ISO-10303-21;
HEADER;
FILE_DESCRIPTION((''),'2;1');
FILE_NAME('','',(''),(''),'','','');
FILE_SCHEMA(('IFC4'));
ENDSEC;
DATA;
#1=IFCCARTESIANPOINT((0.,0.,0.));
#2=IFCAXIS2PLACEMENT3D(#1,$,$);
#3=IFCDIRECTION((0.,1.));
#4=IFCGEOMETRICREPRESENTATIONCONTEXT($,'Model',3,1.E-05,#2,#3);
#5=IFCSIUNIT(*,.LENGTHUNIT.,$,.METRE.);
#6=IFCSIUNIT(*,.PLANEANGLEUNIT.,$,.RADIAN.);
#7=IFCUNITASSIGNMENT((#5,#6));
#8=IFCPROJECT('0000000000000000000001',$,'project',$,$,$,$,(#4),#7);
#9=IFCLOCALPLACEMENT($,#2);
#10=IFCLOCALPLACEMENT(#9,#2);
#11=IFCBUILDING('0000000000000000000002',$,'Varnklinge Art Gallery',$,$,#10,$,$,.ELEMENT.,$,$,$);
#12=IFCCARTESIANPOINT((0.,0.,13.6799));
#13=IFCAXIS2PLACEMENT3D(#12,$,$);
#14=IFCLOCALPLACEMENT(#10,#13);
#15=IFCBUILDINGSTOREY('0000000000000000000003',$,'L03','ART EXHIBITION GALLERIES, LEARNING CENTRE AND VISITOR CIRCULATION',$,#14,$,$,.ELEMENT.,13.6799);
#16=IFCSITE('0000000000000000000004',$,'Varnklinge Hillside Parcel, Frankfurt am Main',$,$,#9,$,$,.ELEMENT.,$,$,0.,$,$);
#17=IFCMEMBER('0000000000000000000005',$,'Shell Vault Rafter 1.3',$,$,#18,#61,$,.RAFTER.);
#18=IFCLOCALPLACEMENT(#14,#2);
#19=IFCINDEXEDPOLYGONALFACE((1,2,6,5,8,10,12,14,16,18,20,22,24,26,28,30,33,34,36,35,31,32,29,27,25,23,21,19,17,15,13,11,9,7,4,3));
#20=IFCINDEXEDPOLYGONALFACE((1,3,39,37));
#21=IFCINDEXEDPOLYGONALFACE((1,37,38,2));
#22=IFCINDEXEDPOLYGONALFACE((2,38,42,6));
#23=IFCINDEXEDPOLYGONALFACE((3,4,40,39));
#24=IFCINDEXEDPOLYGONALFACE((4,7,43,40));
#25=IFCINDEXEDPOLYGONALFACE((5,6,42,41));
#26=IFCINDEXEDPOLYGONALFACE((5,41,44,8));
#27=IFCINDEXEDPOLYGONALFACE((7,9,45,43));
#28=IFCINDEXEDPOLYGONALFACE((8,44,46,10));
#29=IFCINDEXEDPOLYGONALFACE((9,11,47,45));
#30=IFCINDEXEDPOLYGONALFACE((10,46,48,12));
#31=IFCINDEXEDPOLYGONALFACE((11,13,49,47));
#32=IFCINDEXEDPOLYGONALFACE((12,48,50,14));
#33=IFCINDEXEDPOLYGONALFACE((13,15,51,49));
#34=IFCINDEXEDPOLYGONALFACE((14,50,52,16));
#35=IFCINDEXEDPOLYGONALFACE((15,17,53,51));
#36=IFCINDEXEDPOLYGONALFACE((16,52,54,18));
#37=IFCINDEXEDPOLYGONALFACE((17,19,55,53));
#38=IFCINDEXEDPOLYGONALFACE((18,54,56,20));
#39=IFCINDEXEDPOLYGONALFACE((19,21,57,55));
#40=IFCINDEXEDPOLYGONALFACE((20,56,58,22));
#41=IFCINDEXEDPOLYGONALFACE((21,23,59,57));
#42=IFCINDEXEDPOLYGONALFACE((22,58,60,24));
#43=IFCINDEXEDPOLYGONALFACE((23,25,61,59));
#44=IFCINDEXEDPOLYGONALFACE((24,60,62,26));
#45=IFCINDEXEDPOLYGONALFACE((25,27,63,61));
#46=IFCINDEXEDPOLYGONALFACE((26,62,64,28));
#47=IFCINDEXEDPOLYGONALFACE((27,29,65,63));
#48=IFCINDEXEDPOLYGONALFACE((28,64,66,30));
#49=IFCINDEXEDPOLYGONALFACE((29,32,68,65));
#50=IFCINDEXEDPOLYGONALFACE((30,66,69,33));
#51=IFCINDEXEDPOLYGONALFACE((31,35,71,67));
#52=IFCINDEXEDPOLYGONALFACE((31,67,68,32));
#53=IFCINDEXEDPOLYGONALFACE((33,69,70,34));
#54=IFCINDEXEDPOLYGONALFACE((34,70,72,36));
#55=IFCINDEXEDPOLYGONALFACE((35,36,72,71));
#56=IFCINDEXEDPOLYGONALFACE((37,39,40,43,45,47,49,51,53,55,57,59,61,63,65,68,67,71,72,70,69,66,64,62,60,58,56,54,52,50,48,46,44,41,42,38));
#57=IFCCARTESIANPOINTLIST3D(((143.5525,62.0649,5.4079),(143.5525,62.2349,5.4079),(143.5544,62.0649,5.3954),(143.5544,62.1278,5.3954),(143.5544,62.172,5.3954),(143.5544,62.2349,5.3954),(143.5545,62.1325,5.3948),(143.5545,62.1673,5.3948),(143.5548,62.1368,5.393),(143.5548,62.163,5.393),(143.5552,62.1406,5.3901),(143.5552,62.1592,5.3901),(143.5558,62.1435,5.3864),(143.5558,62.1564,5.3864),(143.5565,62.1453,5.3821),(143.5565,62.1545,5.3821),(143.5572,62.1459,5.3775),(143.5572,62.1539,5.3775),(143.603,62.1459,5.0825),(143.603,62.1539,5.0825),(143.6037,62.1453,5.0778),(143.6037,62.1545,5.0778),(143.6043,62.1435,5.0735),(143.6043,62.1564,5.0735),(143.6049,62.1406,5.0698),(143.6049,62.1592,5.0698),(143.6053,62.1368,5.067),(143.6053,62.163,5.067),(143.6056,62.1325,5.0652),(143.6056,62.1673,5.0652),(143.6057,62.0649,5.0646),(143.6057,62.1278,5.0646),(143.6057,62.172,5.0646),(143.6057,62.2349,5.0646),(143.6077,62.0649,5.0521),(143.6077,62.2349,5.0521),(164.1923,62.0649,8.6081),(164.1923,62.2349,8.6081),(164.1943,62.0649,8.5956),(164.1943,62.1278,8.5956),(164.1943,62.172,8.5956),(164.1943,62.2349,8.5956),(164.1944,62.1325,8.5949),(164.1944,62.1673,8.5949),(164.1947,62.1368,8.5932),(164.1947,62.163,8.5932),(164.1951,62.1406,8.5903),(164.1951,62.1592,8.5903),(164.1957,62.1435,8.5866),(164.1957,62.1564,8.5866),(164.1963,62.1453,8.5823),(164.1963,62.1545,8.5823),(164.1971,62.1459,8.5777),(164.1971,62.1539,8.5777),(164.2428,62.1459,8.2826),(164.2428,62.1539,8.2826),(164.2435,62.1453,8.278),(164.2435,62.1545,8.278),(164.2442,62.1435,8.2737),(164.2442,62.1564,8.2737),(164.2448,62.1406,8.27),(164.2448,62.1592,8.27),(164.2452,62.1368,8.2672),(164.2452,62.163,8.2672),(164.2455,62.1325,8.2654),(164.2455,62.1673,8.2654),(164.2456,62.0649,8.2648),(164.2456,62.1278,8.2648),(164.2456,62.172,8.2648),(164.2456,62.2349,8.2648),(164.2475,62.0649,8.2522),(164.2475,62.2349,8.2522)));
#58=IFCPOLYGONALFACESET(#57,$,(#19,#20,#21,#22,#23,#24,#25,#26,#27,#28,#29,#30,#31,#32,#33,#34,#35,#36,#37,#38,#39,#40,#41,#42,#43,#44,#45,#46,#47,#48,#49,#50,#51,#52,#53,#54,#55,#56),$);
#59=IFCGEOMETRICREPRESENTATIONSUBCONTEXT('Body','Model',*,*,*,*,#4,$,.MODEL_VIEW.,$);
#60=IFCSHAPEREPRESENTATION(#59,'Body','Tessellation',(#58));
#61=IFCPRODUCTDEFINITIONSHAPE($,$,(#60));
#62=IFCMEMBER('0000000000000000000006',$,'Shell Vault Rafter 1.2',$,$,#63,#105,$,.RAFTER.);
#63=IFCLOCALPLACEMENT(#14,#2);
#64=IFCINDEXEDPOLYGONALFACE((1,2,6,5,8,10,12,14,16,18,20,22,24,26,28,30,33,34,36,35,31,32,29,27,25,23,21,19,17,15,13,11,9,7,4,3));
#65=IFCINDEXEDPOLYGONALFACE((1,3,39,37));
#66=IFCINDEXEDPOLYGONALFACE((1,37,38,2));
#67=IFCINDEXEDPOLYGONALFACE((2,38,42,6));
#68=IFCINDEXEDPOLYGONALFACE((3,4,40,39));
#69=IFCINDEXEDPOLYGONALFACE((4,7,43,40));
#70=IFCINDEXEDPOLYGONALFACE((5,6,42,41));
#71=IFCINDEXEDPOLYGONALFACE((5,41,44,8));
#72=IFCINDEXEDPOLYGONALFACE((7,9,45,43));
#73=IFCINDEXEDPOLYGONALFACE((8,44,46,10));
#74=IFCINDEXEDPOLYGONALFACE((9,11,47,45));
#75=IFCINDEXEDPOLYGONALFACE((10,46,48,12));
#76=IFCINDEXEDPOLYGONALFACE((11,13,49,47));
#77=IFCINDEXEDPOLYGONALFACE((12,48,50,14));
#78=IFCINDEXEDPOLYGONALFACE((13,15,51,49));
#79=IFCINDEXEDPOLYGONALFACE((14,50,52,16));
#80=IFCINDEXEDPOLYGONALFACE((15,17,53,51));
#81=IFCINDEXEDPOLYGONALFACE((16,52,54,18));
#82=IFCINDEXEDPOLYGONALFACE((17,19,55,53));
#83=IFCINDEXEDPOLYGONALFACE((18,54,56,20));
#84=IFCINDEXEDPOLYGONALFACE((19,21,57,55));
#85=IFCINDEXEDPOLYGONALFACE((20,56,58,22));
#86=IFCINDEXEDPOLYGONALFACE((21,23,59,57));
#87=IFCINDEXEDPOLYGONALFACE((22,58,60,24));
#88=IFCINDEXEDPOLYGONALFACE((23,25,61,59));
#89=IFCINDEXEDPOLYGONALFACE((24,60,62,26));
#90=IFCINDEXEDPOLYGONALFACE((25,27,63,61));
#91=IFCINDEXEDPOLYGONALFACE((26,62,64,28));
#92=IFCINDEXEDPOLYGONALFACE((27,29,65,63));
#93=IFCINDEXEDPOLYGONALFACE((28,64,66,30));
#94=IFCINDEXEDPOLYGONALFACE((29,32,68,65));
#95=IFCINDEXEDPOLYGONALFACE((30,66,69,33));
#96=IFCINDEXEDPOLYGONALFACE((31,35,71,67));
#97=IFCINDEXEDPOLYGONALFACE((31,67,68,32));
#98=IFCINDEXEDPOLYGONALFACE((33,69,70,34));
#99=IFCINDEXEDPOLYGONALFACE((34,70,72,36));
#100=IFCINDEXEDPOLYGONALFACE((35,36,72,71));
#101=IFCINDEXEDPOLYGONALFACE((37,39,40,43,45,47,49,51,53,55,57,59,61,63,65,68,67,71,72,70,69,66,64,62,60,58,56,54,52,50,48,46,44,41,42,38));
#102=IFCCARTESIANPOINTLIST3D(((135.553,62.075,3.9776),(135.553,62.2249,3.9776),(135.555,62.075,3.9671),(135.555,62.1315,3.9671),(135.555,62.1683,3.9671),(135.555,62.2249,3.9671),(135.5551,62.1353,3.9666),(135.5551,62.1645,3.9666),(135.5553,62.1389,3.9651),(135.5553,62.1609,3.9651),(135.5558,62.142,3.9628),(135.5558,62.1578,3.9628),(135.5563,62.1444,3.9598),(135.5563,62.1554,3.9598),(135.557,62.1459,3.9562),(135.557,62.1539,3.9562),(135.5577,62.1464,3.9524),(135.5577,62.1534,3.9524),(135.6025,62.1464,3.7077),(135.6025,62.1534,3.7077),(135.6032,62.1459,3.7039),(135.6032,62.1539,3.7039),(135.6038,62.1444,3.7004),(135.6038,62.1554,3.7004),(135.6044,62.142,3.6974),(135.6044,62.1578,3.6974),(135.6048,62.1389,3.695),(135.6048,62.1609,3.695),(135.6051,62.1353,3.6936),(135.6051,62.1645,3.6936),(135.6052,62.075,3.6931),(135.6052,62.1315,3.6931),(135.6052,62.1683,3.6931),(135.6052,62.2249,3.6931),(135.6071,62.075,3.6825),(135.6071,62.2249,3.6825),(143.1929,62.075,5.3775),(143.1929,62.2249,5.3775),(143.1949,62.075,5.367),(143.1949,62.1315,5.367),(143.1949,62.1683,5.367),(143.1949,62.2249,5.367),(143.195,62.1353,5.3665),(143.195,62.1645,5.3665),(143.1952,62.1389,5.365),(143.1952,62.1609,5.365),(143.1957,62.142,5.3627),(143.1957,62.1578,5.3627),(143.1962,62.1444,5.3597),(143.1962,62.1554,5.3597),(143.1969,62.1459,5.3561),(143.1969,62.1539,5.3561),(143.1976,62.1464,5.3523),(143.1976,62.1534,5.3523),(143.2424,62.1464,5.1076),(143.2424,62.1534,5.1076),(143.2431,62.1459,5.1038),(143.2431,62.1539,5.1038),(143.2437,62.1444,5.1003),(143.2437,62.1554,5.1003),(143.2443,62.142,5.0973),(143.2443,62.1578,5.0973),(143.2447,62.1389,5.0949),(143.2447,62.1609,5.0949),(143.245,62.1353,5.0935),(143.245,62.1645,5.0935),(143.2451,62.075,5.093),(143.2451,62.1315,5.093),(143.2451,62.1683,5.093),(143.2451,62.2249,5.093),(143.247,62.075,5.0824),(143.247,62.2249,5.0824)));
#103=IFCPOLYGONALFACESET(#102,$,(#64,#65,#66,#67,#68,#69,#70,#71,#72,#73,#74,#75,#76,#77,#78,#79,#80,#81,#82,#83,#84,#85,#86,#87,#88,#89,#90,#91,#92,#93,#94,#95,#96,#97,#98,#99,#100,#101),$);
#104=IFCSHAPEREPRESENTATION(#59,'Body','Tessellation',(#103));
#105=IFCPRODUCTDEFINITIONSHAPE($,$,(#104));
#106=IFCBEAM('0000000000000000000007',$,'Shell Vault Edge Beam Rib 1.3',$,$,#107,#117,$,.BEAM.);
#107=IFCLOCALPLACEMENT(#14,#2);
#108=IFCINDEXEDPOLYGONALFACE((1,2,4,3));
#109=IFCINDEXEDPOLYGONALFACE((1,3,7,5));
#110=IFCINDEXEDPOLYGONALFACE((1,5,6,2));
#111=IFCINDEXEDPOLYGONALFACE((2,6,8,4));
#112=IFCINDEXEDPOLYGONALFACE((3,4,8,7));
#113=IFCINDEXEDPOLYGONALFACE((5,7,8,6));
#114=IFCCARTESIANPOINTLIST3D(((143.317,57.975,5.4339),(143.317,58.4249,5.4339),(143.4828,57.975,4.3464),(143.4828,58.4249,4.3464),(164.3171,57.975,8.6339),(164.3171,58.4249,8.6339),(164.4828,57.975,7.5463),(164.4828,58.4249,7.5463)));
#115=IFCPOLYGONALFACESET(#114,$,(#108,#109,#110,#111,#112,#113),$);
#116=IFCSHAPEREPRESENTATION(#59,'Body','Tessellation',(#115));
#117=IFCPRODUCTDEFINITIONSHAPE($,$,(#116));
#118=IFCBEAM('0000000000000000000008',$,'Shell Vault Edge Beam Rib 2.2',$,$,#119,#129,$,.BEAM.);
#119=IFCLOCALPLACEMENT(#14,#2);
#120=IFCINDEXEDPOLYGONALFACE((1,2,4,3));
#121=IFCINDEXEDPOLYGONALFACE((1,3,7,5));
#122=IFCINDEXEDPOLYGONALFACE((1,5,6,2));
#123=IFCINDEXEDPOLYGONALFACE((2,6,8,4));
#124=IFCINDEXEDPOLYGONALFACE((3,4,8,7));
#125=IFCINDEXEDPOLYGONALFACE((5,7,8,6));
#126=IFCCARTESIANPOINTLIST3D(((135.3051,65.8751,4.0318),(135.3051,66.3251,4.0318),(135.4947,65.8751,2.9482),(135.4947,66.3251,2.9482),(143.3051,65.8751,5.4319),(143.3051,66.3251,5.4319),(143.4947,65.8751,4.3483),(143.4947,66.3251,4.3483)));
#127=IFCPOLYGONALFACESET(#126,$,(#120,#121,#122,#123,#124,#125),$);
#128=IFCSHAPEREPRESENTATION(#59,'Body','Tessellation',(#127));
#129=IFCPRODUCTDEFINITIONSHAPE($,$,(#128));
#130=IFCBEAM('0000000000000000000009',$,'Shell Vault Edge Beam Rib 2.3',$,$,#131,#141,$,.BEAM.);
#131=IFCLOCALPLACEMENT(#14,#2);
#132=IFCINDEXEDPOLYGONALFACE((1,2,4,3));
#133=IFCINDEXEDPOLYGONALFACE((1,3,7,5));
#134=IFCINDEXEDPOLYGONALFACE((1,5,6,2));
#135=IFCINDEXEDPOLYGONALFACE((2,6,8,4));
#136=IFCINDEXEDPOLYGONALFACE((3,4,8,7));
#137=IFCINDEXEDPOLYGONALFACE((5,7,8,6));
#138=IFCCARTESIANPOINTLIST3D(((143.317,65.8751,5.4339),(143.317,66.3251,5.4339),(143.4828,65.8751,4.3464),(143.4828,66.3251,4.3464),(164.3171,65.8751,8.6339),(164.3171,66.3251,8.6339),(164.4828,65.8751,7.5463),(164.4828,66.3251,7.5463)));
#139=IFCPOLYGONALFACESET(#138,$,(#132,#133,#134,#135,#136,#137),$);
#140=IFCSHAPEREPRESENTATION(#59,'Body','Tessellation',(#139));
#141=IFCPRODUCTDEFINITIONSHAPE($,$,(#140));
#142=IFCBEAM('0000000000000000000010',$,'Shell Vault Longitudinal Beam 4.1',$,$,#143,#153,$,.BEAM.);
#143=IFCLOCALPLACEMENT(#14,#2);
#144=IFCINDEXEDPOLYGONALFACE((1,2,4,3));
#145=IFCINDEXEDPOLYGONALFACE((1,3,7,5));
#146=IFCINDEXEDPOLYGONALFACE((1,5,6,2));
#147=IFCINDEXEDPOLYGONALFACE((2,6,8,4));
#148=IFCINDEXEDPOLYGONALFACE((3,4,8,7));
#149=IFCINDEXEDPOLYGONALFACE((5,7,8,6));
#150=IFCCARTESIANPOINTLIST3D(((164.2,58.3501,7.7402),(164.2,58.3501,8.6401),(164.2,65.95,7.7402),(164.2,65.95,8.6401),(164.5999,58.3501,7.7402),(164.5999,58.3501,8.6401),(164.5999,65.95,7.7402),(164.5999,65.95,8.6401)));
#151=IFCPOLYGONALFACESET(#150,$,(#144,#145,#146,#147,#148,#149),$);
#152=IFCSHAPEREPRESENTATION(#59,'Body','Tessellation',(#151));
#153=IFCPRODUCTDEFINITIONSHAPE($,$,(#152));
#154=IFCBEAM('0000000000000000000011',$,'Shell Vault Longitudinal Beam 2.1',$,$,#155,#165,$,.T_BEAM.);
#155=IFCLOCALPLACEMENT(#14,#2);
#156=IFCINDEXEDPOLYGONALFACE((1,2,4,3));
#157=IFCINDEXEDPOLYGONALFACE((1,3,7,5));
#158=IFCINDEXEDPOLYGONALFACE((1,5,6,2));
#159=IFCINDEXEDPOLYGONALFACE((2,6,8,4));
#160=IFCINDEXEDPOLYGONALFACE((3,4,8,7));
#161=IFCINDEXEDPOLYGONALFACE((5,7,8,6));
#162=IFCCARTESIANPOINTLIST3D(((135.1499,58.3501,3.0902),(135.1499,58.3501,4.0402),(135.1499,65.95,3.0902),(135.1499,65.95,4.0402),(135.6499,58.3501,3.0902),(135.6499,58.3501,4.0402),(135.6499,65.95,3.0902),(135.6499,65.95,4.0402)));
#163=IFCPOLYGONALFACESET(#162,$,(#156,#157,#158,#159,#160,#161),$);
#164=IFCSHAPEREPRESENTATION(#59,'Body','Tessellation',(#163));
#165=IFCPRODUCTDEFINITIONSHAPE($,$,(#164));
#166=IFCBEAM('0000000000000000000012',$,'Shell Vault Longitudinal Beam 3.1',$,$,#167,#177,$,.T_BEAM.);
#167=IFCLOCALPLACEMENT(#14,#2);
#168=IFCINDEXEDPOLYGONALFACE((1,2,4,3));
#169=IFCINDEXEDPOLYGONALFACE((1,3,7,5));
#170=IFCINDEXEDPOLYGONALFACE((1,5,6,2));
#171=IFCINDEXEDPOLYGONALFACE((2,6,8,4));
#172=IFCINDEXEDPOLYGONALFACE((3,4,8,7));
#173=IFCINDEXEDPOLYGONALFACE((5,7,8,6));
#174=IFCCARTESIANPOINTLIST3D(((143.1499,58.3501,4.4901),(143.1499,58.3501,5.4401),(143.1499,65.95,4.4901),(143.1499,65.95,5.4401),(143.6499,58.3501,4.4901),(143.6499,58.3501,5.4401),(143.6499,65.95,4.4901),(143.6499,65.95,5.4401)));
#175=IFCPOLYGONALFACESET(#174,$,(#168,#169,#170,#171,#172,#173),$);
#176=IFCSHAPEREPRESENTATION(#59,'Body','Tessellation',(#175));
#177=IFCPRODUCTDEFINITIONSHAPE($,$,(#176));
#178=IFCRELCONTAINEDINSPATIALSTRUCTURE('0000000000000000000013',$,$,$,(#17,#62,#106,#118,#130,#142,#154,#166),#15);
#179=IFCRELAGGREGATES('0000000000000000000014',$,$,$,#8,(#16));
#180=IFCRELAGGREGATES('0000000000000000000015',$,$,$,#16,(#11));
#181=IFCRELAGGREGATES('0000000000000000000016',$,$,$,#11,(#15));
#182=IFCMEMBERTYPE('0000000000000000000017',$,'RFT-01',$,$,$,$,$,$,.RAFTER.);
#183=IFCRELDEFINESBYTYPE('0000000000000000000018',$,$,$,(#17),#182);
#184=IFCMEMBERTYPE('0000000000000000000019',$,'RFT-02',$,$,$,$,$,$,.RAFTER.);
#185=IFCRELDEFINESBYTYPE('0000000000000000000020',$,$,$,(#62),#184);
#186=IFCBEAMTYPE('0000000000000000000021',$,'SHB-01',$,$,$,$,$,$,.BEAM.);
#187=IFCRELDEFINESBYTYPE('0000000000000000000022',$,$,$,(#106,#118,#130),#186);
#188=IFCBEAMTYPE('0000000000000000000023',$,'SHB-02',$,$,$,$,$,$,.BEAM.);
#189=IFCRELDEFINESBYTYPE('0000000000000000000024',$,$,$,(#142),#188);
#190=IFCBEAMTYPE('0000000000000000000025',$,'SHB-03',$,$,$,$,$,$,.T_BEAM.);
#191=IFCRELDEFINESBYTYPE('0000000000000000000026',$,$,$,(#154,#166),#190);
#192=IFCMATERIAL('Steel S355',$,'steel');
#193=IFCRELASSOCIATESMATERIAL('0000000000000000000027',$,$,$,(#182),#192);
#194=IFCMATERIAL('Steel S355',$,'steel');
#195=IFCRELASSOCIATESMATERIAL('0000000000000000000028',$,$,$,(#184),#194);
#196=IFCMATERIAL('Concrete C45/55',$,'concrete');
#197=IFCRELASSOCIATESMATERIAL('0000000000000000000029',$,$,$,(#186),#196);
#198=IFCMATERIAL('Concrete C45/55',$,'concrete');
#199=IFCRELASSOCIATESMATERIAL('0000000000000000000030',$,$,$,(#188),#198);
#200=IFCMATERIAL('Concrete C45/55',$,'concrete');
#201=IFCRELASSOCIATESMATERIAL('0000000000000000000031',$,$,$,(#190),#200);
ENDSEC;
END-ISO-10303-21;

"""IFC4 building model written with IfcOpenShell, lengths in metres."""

from ifc_helpers import new_model, si_unit, direction, frame, origin, origin_2d, place, context, subcontext, project, spatial, rectangle, i_section, extrude, material, material_profile, profile_set, type_object, element, save


model = new_model("IFC4")

# Units and contexts
model_context = context("Model", 3, precision=1e-05, world=origin(), true_north=direction((0.0, 1.0)))
body_context = subcontext(model_context, "Body", "Model", "MODEL_VIEW")
ifc_project = project(units=[si_unit("LENGTHUNIT", "METRE"), si_unit("PLANEANGLEUNIT", "RADIAN")], contexts=[model_context])

# Site, building, storey
site_placement = place(None, origin())
site = spatial("IfcSite", under=ifc_project, at=site_placement, Name="Varnklinge Hillside Parcel, Frankfurt am Main", CompositionType="ELEMENT", RefElevation=0.0)
building_placement = place(site_placement, origin())
building = spatial("IfcBuilding", under=site, at=building_placement, Name="Varnklinge Art Gallery", CompositionType="ELEMENT")
storey_placement = place(building_placement, frame((0.0, 0.0, 13.6799)))
storey = spatial("IfcBuildingStorey", under=building, at=storey_placement, Name="L03", Description="ART EXHIBITION GALLERIES, LEARNING CENTRE AND VISITOR CIRCULATION", CompositionType="ELEMENT", Elevation=13.6799)

# Members
ifc_material_1 = material(Name="Steel S355", Category="steel")
ifc_material_profile_1 = material_profile(ifc_material_1, i_section(OverallWidth=0.1699, OverallDepth=0.3601, WebThickness=0.0081, FlangeThickness=0.0127, FilletRadius=0.0181, at=origin_2d()), Name="IPE 360")
ifc_profile_set_1 = profile_set([ifc_material_profile_1], Name="Steel S355")
member_type_1 = type_object("IfcMemberType", Name="RFT-01", PredefinedType="RAFTER", material=ifc_profile_set_1)
member_1_placement = place(storey_placement, frame((143.5801, 62.1499, 5.23), z_axis=(0.988192, 0.0, 0.153218), x_axis=(0.0, 1.0, 0.0)))
element("IfcMember", 1, at=member_1_placement, inside=storey, type_object=member_type_1, Name="Shell Vault Rafter 1.3", PredefinedType="RAFTER", context=body_context, shape_type="SweptSolid", body=[
    extrude(i_section(OverallWidth=0.1699, OverallDepth=0.3601, WebThickness=0.0081, FlangeThickness=0.0127, FilletRadius=0.0181, at=origin_2d()), origin(), (0.0, 0.0, 1.0), 20.8865),
])
ifc_material_2 = material(Name="Steel S355", Category="steel")
ifc_material_profile_2 = material_profile(ifc_material_2, i_section(OverallWidth=0.1499, OverallDepth=0.3, WebThickness=0.0071, FlangeThickness=0.0107, FilletRadius=0.0149, at=origin_2d()), Name="IPE 300")
ifc_profile_set_2 = profile_set([ifc_material_profile_2], Name="Steel S355")
member_type_2 = type_object("IfcMemberType", Name="RFT-02", PredefinedType="RAFTER", material=ifc_profile_set_2)
member_2_placement = place(storey_placement, frame((135.5801, 62.1499, 3.8301), z_axis=(0.983624, 0.0, 0.180235), x_axis=(0.0, 1.0, 0.0)))
element("IfcMember", 2, at=member_2_placement, inside=storey, type_object=member_type_2, Name="Shell Vault Rafter 1.2", PredefinedType="RAFTER", context=body_context, shape_type="SweptSolid", body=[
    extrude(i_section(OverallWidth=0.1499, OverallDepth=0.3, WebThickness=0.0071, FlangeThickness=0.0107, FilletRadius=0.0149, at=origin_2d()), origin(), (0.0, 0.0, 1.0), 7.7671),
])

# Beams
ifc_material_3 = material(Name="Concrete C45/55", Category="concrete")
ifc_material_profile_3 = material_profile(ifc_material_3, rectangle(XDim=0.45, YDim=1.1001, at=origin_2d()), Name="RC 450x1100")
ifc_profile_set_3 = profile_set([ifc_material_profile_3], Name="Concrete C45/55")
beam_type_1 = type_object("IfcBeamType", Name="SHB-01", PredefinedType="BEAM", material=ifc_profile_set_3)
beam_1_placement = place(storey_placement, frame((143.3999, 58.2, 4.8901), z_axis=(0.988589, 0.0, 0.15064), x_axis=(0.0, 1.0, 0.0)))
element("IfcBeam", 3, at=beam_1_placement, inside=storey, type_object=beam_type_1, Name="Shell Vault Edge Beam Rib 1.3", PredefinedType="BEAM", context=body_context, shape_type="SweptSolid", body=[
    extrude(rectangle(XDim=0.45, YDim=1.1001, at=origin_2d()), origin(), (0.0, 0.0, 1.0), 21.2424),
])
beam_2_placement = place(storey_placement, frame((135.3999, 66.1001, 3.49), z_axis=(0.985027, 0.0, 0.172398), x_axis=(0.0, 1.0, 0.0)))
element("IfcBeam", 4, at=beam_2_placement, inside=storey, type_object=beam_type_1, Name="Shell Vault Edge Beam Rib 2.2", PredefinedType="BEAM", context=body_context, shape_type="SweptSolid", body=[
    extrude(rectangle(XDim=0.45, YDim=1.1001, at=origin_2d()), origin(), (0.0, 0.0, 1.0), 8.1216),
])
beam_3_placement = place(storey_placement, frame((143.3999, 66.1001, 4.8901), z_axis=(0.988589, 0.0, 0.15064), x_axis=(0.0, 1.0, 0.0)))
element("IfcBeam", 5, at=beam_3_placement, inside=storey, type_object=beam_type_1, Name="Shell Vault Edge Beam Rib 2.3", PredefinedType="BEAM", context=body_context, shape_type="SweptSolid", body=[
    extrude(rectangle(XDim=0.45, YDim=1.1001, at=origin_2d()), origin(), (0.0, 0.0, 1.0), 21.2424),
])
ifc_material_4 = material(Name="Concrete C45/55", Category="concrete")
ifc_material_profile_4 = material_profile(ifc_material_4, rectangle(XDim=0.3999, YDim=0.8999, at=origin_2d()), Name="RC 400x900")
ifc_profile_set_4 = profile_set([ifc_material_profile_4], Name="Concrete C45/55")
beam_type_2 = type_object("IfcBeamType", Name="SHB-02", PredefinedType="BEAM", material=ifc_profile_set_4)
beam_4_placement = place(storey_placement, frame((164.3999, 58.3501, 8.1902), z_axis=(0.0, 1.0, 0.0), x_axis=(-1.0, 0.0, 0.0)))
element("IfcBeam", 6, at=beam_4_placement, inside=storey, type_object=beam_type_2, Name="Shell Vault Longitudinal Beam 4.1", PredefinedType="BEAM", context=body_context, shape_type="SweptSolid", body=[
    extrude(rectangle(XDim=0.3999, YDim=0.8999, at=origin_2d()), origin(), (0.0, 0.0, 1.0), 7.5999),
])
ifc_material_5 = material(Name="Concrete C45/55", Category="concrete")
ifc_material_profile_5 = material_profile(ifc_material_5, rectangle(XDim=0.5, YDim=0.95, at=origin_2d()), Name="RC 500x950")
ifc_profile_set_5 = profile_set([ifc_material_profile_5], Name="Concrete C45/55")
beam_type_3 = type_object("IfcBeamType", Name="SHB-03", PredefinedType="T_BEAM", material=ifc_profile_set_5)
for number, where, z_axis, x_axis, name in (
    (7, (135.3999, 58.3501, 3.5652), (0.0, 1.0, 0.0), (-1.0, 0.0, 0.0), "Shell Vault Longitudinal Beam 2.1"),
    (8, (143.3999, 58.3501, 4.9651), (0.0, 1.0, 0.0), (-1.0, 0.0, 0.0), "Shell Vault Longitudinal Beam 3.1"),
):
    element("IfcBeam", number, at=place(storey_placement, frame(where, z_axis=z_axis, x_axis=x_axis)), inside=storey, type_object=beam_type_3, Name=name, PredefinedType="T_BEAM", context=body_context, shape_type="SweptSolid", body=[
        extrude(rectangle(XDim=0.5, YDim=0.95, at=origin_2d()), origin(), (0.0, 0.0, 1.0), 7.5999),
    ])

save(model, "model.ifc")
